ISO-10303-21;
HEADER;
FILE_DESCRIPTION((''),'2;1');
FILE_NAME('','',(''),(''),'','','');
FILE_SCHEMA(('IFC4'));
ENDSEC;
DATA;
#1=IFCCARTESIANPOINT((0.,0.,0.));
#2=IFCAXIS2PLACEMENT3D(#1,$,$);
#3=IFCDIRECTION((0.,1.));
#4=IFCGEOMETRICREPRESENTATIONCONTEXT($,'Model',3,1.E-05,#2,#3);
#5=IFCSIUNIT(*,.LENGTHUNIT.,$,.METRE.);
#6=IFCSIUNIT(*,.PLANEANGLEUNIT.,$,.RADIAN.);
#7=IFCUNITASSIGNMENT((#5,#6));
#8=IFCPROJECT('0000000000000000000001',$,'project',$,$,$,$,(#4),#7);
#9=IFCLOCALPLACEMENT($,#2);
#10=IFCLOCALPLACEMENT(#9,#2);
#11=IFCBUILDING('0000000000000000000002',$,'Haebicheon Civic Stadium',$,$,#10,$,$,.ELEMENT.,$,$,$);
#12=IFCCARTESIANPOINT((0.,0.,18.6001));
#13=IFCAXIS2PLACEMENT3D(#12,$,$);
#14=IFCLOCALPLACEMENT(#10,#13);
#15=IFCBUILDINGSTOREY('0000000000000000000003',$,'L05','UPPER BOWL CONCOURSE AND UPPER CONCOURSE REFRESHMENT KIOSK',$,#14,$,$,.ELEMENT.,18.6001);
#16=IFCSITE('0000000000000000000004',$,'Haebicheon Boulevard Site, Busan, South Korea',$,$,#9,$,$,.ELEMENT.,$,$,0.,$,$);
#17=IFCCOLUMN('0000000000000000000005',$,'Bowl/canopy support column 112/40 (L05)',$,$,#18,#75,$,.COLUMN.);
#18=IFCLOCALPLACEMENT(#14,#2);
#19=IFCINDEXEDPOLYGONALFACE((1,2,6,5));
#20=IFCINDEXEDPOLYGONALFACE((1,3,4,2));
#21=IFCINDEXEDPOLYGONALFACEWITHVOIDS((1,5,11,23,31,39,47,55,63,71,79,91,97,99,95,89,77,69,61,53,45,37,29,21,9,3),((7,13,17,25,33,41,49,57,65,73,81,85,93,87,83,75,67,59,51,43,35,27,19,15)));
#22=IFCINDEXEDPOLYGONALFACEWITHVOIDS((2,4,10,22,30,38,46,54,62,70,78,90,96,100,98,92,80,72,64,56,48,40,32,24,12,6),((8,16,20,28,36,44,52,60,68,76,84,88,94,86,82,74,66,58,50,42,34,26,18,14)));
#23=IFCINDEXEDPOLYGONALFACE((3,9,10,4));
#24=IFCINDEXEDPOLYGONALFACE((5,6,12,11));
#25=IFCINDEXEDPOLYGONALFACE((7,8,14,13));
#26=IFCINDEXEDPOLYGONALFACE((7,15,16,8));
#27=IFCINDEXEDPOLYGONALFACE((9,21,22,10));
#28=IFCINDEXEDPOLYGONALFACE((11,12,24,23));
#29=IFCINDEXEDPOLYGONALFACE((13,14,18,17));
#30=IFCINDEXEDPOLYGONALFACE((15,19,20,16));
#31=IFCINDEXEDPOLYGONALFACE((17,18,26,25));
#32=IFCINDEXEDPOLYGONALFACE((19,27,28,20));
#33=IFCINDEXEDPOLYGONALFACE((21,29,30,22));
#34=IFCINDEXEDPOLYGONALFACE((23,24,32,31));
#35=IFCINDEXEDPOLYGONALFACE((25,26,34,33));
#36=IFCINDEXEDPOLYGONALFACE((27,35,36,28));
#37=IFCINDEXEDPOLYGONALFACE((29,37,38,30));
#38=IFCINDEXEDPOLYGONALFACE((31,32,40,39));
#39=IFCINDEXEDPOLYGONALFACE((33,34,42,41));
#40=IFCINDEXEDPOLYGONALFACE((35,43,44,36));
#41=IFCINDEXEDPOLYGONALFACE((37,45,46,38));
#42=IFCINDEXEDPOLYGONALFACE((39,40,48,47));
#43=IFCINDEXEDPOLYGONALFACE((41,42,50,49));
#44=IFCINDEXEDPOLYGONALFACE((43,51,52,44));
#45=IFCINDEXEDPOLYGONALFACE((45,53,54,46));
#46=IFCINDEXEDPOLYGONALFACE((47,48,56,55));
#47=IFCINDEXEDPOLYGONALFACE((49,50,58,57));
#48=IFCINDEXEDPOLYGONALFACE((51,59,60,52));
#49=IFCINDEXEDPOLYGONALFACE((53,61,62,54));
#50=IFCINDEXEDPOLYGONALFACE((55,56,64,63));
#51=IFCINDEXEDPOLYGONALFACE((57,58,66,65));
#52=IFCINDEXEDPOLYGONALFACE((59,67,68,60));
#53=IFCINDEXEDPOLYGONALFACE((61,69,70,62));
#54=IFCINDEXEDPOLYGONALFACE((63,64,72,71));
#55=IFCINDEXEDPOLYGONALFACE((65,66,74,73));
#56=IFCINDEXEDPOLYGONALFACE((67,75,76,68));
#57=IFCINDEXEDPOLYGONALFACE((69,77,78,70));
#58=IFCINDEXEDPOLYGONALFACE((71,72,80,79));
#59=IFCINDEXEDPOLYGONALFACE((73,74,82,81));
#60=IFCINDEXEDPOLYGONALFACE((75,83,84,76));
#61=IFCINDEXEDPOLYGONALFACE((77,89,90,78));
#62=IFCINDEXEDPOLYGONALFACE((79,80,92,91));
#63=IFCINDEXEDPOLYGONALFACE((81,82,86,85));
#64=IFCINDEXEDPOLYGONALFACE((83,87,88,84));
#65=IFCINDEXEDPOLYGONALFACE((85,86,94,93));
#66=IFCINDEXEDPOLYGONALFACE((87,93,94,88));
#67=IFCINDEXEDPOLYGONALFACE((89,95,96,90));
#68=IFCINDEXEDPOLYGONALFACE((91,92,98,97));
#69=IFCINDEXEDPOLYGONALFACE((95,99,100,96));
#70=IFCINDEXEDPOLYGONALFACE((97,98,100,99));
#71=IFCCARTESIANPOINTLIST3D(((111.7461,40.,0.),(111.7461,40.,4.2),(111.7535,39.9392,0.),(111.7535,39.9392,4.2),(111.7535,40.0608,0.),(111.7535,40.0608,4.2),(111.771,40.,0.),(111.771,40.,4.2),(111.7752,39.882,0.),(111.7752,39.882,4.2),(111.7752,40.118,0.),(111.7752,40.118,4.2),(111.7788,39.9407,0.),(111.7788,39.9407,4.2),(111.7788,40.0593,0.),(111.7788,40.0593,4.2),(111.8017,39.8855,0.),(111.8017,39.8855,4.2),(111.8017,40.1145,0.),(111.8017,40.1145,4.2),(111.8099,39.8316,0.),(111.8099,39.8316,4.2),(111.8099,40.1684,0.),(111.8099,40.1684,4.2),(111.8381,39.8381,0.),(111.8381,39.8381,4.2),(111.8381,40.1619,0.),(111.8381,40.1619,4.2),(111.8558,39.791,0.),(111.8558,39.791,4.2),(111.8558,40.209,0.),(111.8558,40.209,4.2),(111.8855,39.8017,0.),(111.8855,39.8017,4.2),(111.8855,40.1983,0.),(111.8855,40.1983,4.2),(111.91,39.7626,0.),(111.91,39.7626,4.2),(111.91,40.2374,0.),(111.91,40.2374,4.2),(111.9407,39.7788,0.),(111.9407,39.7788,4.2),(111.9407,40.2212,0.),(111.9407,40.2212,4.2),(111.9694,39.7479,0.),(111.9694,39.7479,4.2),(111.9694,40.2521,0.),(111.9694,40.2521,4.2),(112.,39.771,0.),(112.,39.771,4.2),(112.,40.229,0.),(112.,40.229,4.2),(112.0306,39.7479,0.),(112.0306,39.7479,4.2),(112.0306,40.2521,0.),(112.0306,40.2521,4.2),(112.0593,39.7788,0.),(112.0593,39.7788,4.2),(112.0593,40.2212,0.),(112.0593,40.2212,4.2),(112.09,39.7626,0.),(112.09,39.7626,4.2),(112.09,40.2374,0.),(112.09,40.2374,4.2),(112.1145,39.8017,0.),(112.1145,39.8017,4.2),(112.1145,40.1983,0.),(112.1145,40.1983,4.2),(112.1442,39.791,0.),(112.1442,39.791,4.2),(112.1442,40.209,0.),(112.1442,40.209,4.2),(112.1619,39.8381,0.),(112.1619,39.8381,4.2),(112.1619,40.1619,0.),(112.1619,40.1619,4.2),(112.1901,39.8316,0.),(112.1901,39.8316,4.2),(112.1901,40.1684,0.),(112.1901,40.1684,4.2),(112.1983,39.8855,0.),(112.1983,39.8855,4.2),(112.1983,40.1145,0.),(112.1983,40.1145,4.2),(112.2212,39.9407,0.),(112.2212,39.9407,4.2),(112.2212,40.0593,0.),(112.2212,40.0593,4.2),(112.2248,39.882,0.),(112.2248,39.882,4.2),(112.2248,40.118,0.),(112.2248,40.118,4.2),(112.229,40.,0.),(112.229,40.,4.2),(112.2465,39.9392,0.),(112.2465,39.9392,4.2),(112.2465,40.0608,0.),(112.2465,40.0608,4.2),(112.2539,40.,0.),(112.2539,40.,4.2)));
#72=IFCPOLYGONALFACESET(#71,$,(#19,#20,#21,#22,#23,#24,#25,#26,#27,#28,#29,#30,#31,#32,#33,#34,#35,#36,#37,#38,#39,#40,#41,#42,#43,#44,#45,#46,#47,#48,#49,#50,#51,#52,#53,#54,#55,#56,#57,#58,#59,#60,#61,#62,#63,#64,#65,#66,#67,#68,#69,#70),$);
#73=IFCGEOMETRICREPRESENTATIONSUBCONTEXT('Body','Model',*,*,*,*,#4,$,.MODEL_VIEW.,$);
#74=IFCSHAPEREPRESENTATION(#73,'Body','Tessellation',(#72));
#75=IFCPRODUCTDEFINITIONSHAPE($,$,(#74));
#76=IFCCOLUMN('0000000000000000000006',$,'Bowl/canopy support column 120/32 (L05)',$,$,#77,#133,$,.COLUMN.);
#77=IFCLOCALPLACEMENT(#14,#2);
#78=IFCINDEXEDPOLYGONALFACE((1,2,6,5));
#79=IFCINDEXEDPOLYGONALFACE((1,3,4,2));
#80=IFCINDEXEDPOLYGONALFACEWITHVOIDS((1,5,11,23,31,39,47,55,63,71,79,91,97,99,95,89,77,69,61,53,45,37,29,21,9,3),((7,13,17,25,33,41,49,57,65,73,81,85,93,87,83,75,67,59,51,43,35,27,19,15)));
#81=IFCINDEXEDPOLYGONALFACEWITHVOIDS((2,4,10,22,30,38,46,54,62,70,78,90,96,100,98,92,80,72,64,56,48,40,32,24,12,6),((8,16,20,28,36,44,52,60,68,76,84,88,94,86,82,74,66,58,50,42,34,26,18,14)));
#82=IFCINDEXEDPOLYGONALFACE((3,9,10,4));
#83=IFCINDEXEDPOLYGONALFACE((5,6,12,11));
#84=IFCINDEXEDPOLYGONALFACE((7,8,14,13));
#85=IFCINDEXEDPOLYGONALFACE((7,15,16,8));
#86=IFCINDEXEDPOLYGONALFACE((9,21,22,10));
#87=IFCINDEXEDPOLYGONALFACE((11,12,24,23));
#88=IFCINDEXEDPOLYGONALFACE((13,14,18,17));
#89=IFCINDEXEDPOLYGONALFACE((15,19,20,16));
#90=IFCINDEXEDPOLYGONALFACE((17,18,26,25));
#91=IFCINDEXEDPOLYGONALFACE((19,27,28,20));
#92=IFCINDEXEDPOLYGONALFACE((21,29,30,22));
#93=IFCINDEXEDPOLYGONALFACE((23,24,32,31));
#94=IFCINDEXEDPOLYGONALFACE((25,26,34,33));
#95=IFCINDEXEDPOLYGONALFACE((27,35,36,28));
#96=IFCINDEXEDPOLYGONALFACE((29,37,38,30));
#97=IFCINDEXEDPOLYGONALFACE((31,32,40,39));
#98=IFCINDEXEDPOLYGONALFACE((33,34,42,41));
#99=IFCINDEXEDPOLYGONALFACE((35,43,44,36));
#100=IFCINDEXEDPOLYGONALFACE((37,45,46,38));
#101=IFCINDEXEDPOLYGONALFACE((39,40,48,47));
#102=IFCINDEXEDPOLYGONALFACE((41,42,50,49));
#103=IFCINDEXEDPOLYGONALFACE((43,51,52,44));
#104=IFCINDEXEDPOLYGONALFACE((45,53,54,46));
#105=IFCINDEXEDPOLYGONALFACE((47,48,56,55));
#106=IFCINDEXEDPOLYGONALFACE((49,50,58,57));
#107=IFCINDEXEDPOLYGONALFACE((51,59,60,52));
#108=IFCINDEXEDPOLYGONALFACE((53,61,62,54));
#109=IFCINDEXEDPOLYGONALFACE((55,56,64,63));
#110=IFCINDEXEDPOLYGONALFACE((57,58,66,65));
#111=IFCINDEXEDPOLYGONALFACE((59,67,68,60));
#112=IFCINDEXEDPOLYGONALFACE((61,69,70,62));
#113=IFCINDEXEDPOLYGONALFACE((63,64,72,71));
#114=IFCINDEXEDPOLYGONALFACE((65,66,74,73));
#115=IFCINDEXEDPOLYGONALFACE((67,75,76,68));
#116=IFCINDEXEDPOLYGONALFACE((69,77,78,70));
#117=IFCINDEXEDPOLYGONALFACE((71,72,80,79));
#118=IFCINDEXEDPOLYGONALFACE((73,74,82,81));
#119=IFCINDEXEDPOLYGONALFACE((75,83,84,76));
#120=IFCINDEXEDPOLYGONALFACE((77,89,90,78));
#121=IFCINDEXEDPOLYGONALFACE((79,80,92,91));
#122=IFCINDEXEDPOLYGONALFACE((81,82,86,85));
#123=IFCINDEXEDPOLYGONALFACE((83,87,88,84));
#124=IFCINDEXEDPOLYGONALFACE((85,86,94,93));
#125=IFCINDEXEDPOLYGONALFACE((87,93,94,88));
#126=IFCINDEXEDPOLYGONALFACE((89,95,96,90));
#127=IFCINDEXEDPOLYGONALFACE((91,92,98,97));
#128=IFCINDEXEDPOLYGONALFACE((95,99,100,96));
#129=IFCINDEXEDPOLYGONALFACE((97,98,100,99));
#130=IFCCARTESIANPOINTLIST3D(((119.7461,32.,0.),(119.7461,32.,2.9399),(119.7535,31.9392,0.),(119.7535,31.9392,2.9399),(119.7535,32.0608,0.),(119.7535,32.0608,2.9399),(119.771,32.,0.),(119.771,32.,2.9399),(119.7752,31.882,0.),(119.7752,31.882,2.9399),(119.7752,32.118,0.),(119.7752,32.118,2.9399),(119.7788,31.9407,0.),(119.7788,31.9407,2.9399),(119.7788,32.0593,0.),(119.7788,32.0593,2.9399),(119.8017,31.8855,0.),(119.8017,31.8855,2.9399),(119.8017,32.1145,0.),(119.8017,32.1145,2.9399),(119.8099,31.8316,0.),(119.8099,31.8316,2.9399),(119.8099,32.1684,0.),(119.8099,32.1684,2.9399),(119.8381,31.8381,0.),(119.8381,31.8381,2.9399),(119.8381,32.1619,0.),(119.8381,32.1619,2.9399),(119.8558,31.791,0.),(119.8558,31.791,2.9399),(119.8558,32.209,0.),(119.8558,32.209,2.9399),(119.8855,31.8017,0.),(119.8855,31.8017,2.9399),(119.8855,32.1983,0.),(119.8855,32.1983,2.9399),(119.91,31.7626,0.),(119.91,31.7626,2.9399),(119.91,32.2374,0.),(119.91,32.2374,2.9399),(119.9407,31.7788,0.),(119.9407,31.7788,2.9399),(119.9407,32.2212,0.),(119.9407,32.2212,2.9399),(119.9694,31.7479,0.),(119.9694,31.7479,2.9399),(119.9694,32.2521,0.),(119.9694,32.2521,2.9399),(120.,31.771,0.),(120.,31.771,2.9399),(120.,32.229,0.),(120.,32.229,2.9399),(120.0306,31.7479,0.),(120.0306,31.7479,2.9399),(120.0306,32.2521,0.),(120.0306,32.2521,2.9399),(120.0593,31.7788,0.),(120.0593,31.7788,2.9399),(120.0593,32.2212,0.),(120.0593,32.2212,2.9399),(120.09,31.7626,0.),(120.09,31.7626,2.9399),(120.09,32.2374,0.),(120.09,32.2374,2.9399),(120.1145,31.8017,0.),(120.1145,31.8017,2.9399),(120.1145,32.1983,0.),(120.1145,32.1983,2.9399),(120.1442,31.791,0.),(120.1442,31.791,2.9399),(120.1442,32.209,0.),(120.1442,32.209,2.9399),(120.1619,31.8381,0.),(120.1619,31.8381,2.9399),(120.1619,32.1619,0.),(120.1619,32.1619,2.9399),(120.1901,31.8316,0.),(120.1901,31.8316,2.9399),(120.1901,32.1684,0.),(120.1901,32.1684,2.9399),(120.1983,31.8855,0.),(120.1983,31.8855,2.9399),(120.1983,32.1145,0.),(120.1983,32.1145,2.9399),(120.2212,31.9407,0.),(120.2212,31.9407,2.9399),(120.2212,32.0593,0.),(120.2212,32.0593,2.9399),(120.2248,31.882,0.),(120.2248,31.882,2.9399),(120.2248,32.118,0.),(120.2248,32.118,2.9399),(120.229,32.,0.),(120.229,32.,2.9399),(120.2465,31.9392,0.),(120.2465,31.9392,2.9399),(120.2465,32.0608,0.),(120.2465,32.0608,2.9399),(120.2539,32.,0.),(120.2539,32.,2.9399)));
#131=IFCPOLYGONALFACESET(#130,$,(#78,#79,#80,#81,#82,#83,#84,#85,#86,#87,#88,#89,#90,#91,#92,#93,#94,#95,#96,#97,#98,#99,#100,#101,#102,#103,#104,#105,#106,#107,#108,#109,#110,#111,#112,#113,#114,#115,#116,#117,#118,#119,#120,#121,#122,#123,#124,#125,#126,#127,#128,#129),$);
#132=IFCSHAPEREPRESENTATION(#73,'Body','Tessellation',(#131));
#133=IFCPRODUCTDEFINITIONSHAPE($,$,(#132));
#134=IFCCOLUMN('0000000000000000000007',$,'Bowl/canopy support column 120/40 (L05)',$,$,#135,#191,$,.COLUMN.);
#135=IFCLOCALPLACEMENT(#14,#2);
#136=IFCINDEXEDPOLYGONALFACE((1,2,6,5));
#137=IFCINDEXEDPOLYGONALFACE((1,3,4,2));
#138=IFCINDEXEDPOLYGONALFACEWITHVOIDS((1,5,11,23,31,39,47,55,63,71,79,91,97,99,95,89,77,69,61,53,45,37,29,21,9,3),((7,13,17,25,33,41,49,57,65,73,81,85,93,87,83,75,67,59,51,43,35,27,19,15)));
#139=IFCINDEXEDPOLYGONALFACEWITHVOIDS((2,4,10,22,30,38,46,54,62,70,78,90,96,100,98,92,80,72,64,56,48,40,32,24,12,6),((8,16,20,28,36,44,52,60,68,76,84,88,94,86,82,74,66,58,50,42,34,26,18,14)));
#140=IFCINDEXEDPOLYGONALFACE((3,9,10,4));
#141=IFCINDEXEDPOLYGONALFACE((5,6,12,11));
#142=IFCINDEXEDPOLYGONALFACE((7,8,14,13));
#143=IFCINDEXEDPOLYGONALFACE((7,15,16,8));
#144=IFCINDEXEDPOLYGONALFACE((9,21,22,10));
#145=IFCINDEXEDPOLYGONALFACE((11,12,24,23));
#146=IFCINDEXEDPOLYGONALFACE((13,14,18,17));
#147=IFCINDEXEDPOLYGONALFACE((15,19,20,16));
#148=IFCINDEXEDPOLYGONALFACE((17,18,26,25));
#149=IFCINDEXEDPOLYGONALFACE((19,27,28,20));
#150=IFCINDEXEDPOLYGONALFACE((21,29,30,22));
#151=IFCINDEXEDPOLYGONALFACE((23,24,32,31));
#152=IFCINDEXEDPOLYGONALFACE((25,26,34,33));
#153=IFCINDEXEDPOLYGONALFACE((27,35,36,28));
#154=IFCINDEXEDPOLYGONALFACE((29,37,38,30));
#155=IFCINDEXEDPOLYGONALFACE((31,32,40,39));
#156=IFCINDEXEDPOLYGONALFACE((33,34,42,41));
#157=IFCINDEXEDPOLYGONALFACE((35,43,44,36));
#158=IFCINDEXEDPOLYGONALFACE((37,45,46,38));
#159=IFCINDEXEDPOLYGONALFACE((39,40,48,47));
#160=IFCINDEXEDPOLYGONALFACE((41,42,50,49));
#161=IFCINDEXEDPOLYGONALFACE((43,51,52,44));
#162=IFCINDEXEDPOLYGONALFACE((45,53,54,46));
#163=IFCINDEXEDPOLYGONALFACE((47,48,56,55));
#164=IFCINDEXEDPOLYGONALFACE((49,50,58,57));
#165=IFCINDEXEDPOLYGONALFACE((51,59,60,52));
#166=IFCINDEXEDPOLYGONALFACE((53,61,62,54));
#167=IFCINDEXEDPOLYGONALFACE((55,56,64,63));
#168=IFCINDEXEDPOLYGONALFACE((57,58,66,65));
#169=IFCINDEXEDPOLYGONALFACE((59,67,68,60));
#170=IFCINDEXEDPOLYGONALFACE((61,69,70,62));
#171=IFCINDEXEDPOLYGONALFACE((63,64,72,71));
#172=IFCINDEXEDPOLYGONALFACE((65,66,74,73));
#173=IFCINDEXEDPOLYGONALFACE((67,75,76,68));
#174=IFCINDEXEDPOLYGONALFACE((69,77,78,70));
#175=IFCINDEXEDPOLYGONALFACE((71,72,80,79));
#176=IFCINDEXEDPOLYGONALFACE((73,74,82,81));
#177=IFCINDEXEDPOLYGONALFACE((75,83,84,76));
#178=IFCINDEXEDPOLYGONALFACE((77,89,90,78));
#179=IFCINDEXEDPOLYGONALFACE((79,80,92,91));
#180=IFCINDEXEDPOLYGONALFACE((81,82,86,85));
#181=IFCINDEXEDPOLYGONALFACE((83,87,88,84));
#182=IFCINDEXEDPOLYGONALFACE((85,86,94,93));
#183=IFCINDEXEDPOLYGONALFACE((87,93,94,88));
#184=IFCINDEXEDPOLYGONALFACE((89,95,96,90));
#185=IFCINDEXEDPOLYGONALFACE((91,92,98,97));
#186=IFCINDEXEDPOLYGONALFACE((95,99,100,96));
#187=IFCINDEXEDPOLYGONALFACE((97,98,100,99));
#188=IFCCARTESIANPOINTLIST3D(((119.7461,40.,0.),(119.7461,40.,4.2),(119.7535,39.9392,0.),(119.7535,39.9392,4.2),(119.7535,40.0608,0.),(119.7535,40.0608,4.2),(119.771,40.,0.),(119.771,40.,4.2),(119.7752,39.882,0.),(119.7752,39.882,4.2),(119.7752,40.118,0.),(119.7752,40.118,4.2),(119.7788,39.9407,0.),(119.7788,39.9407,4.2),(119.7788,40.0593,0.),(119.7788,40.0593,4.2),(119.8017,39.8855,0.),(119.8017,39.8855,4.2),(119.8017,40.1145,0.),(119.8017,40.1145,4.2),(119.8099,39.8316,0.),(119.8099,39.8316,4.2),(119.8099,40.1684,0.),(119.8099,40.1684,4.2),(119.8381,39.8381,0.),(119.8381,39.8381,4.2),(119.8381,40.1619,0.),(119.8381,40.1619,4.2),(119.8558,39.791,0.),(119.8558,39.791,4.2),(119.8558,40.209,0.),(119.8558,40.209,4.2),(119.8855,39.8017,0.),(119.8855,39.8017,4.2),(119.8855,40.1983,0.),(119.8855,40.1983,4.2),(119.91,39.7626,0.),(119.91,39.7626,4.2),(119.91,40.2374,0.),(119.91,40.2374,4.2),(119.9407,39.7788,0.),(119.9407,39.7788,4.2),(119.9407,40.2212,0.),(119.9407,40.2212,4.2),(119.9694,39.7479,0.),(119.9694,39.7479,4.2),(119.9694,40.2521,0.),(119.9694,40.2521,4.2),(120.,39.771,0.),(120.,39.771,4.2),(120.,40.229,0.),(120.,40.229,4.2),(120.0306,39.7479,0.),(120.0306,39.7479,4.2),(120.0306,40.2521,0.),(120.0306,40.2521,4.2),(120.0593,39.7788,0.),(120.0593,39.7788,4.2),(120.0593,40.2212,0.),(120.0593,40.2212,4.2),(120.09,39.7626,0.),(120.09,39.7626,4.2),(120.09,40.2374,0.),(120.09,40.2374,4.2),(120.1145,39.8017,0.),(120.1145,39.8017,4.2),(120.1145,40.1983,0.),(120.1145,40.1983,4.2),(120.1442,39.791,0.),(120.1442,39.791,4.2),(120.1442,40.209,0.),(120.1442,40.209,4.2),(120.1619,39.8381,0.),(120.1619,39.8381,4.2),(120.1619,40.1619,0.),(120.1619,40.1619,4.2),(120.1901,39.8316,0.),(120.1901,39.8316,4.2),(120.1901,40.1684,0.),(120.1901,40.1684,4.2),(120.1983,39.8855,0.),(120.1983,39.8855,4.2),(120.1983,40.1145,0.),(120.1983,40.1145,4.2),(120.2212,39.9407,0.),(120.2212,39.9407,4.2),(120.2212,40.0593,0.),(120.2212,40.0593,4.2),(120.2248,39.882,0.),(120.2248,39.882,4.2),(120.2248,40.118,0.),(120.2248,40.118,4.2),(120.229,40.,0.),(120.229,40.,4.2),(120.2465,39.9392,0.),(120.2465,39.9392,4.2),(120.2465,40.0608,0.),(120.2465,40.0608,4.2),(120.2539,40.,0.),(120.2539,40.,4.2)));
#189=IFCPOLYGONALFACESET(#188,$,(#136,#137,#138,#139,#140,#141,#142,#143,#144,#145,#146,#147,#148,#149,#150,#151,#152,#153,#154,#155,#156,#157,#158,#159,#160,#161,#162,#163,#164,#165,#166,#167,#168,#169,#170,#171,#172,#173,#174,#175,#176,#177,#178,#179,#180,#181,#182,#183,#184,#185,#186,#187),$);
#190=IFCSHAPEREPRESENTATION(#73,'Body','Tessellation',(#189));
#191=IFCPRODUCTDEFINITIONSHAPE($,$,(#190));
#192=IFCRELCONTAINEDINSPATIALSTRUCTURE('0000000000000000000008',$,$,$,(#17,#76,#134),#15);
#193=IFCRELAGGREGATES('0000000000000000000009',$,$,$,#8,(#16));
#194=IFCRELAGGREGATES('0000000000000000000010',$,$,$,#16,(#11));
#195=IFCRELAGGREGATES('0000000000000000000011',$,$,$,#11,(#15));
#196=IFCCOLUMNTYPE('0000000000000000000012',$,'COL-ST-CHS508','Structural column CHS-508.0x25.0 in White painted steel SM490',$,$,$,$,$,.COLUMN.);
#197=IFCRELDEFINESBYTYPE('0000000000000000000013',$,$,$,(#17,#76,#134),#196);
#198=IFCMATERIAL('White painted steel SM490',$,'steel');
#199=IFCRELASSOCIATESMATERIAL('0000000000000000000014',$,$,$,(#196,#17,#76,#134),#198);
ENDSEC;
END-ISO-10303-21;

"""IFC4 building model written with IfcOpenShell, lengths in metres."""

from ifc_helpers import new_model, si_unit, direction, frame, origin, origin_2d, place, context, subcontext, project, spatial, hollow_circle, extrude, material, material_profile, profile_set, type_object, element, save


model = new_model("IFC4")

# Units and contexts
model_context = context("Model", 3, precision=1e-05, world=origin(), true_north=direction((0.0, 1.0)))
body_context = subcontext(model_context, "Body", "Model", "MODEL_VIEW")
ifc_project = project(units=[si_unit("LENGTHUNIT", "METRE"), si_unit("PLANEANGLEUNIT", "RADIAN")], contexts=[model_context])

# Site, building, storey
site_placement = place(None, origin())
site = spatial("IfcSite", under=ifc_project, at=site_placement, Name="Haebicheon Boulevard Site, Busan, South Korea", CompositionType="ELEMENT", RefElevation=0.0)
building_placement = place(site_placement, origin())
building = spatial("IfcBuilding", under=site, at=building_placement, Name="Haebicheon Civic Stadium", CompositionType="ELEMENT")
storey_placement = place(building_placement, frame((0.0, 0.0, 18.6001)))
storey = spatial("IfcBuildingStorey", under=building, at=storey_placement, Name="L05", Description="UPPER BOWL CONCOURSE AND UPPER CONCOURSE REFRESHMENT KIOSK", CompositionType="ELEMENT", Elevation=18.6001)

# Columns
ifc_material_1 = material(Name="White painted steel SM490", Category="steel")
ifc_material_profile_1 = material_profile(ifc_material_1, hollow_circle(Radius=0.2539, WallThickness=0.0249, at=origin_2d()), Name="CHS-508.0x25.0")
ifc_profile_set_1 = profile_set([ifc_material_profile_1], Name="White painted steel SM490")
column_type = type_object("IfcColumnType", Name="COL-ST-CHS508", Description="Structural column CHS-508.0x25.0 in White painted steel SM490", PredefinedType="COLUMN", material=ifc_profile_set_1)
column_1_placement = place(storey_placement, frame((112.0, 40.0, 0.0), z_axis=(0.0, 0.0, 1.0), x_axis=(1.0, 0.0, 0.0)))
element("IfcColumn", 1, at=column_1_placement, inside=storey, type_object=column_type, material=ifc_profile_set_1, Name="Bowl/canopy support column 112/40 (L05)", PredefinedType="COLUMN", context=body_context, shape_type="SweptSolid", body=[
    extrude(hollow_circle(Radius=0.2539, WallThickness=0.0249, at=origin_2d()), origin(), (0.0, 0.0, 1.0), 4.2),
])
column_2_placement = place(storey_placement, frame((120.0, 32.0, 0.0), z_axis=(0.0, 0.0, 1.0), x_axis=(1.0, 0.0, 0.0)))
element("IfcColumn", 2, at=column_2_placement, inside=storey, type_object=column_type, material=ifc_profile_set_1, Name="Bowl/canopy support column 120/32 (L05)", PredefinedType="COLUMN", context=body_context, shape_type="SweptSolid", body=[
    extrude(hollow_circle(Radius=0.2539, WallThickness=0.0249, at=origin_2d()), origin(), (0.0, 0.0, 1.0), 2.9399),
])
column_3_placement = place(storey_placement, frame((120.0, 40.0, 0.0), z_axis=(0.0, 0.0, 1.0), x_axis=(1.0, 0.0, 0.0)))
element("IfcColumn", 3, at=column_3_placement, inside=storey, type_object=column_type, material=ifc_profile_set_1, Name="Bowl/canopy support column 120/40 (L05)", PredefinedType="COLUMN", context=body_context, shape_type="SweptSolid", body=[
    extrude(hollow_circle(Radius=0.2539, WallThickness=0.0249, at=origin_2d()), origin(), (0.0, 0.0, 1.0), 4.2),
])

save(model, "model.ifc")
